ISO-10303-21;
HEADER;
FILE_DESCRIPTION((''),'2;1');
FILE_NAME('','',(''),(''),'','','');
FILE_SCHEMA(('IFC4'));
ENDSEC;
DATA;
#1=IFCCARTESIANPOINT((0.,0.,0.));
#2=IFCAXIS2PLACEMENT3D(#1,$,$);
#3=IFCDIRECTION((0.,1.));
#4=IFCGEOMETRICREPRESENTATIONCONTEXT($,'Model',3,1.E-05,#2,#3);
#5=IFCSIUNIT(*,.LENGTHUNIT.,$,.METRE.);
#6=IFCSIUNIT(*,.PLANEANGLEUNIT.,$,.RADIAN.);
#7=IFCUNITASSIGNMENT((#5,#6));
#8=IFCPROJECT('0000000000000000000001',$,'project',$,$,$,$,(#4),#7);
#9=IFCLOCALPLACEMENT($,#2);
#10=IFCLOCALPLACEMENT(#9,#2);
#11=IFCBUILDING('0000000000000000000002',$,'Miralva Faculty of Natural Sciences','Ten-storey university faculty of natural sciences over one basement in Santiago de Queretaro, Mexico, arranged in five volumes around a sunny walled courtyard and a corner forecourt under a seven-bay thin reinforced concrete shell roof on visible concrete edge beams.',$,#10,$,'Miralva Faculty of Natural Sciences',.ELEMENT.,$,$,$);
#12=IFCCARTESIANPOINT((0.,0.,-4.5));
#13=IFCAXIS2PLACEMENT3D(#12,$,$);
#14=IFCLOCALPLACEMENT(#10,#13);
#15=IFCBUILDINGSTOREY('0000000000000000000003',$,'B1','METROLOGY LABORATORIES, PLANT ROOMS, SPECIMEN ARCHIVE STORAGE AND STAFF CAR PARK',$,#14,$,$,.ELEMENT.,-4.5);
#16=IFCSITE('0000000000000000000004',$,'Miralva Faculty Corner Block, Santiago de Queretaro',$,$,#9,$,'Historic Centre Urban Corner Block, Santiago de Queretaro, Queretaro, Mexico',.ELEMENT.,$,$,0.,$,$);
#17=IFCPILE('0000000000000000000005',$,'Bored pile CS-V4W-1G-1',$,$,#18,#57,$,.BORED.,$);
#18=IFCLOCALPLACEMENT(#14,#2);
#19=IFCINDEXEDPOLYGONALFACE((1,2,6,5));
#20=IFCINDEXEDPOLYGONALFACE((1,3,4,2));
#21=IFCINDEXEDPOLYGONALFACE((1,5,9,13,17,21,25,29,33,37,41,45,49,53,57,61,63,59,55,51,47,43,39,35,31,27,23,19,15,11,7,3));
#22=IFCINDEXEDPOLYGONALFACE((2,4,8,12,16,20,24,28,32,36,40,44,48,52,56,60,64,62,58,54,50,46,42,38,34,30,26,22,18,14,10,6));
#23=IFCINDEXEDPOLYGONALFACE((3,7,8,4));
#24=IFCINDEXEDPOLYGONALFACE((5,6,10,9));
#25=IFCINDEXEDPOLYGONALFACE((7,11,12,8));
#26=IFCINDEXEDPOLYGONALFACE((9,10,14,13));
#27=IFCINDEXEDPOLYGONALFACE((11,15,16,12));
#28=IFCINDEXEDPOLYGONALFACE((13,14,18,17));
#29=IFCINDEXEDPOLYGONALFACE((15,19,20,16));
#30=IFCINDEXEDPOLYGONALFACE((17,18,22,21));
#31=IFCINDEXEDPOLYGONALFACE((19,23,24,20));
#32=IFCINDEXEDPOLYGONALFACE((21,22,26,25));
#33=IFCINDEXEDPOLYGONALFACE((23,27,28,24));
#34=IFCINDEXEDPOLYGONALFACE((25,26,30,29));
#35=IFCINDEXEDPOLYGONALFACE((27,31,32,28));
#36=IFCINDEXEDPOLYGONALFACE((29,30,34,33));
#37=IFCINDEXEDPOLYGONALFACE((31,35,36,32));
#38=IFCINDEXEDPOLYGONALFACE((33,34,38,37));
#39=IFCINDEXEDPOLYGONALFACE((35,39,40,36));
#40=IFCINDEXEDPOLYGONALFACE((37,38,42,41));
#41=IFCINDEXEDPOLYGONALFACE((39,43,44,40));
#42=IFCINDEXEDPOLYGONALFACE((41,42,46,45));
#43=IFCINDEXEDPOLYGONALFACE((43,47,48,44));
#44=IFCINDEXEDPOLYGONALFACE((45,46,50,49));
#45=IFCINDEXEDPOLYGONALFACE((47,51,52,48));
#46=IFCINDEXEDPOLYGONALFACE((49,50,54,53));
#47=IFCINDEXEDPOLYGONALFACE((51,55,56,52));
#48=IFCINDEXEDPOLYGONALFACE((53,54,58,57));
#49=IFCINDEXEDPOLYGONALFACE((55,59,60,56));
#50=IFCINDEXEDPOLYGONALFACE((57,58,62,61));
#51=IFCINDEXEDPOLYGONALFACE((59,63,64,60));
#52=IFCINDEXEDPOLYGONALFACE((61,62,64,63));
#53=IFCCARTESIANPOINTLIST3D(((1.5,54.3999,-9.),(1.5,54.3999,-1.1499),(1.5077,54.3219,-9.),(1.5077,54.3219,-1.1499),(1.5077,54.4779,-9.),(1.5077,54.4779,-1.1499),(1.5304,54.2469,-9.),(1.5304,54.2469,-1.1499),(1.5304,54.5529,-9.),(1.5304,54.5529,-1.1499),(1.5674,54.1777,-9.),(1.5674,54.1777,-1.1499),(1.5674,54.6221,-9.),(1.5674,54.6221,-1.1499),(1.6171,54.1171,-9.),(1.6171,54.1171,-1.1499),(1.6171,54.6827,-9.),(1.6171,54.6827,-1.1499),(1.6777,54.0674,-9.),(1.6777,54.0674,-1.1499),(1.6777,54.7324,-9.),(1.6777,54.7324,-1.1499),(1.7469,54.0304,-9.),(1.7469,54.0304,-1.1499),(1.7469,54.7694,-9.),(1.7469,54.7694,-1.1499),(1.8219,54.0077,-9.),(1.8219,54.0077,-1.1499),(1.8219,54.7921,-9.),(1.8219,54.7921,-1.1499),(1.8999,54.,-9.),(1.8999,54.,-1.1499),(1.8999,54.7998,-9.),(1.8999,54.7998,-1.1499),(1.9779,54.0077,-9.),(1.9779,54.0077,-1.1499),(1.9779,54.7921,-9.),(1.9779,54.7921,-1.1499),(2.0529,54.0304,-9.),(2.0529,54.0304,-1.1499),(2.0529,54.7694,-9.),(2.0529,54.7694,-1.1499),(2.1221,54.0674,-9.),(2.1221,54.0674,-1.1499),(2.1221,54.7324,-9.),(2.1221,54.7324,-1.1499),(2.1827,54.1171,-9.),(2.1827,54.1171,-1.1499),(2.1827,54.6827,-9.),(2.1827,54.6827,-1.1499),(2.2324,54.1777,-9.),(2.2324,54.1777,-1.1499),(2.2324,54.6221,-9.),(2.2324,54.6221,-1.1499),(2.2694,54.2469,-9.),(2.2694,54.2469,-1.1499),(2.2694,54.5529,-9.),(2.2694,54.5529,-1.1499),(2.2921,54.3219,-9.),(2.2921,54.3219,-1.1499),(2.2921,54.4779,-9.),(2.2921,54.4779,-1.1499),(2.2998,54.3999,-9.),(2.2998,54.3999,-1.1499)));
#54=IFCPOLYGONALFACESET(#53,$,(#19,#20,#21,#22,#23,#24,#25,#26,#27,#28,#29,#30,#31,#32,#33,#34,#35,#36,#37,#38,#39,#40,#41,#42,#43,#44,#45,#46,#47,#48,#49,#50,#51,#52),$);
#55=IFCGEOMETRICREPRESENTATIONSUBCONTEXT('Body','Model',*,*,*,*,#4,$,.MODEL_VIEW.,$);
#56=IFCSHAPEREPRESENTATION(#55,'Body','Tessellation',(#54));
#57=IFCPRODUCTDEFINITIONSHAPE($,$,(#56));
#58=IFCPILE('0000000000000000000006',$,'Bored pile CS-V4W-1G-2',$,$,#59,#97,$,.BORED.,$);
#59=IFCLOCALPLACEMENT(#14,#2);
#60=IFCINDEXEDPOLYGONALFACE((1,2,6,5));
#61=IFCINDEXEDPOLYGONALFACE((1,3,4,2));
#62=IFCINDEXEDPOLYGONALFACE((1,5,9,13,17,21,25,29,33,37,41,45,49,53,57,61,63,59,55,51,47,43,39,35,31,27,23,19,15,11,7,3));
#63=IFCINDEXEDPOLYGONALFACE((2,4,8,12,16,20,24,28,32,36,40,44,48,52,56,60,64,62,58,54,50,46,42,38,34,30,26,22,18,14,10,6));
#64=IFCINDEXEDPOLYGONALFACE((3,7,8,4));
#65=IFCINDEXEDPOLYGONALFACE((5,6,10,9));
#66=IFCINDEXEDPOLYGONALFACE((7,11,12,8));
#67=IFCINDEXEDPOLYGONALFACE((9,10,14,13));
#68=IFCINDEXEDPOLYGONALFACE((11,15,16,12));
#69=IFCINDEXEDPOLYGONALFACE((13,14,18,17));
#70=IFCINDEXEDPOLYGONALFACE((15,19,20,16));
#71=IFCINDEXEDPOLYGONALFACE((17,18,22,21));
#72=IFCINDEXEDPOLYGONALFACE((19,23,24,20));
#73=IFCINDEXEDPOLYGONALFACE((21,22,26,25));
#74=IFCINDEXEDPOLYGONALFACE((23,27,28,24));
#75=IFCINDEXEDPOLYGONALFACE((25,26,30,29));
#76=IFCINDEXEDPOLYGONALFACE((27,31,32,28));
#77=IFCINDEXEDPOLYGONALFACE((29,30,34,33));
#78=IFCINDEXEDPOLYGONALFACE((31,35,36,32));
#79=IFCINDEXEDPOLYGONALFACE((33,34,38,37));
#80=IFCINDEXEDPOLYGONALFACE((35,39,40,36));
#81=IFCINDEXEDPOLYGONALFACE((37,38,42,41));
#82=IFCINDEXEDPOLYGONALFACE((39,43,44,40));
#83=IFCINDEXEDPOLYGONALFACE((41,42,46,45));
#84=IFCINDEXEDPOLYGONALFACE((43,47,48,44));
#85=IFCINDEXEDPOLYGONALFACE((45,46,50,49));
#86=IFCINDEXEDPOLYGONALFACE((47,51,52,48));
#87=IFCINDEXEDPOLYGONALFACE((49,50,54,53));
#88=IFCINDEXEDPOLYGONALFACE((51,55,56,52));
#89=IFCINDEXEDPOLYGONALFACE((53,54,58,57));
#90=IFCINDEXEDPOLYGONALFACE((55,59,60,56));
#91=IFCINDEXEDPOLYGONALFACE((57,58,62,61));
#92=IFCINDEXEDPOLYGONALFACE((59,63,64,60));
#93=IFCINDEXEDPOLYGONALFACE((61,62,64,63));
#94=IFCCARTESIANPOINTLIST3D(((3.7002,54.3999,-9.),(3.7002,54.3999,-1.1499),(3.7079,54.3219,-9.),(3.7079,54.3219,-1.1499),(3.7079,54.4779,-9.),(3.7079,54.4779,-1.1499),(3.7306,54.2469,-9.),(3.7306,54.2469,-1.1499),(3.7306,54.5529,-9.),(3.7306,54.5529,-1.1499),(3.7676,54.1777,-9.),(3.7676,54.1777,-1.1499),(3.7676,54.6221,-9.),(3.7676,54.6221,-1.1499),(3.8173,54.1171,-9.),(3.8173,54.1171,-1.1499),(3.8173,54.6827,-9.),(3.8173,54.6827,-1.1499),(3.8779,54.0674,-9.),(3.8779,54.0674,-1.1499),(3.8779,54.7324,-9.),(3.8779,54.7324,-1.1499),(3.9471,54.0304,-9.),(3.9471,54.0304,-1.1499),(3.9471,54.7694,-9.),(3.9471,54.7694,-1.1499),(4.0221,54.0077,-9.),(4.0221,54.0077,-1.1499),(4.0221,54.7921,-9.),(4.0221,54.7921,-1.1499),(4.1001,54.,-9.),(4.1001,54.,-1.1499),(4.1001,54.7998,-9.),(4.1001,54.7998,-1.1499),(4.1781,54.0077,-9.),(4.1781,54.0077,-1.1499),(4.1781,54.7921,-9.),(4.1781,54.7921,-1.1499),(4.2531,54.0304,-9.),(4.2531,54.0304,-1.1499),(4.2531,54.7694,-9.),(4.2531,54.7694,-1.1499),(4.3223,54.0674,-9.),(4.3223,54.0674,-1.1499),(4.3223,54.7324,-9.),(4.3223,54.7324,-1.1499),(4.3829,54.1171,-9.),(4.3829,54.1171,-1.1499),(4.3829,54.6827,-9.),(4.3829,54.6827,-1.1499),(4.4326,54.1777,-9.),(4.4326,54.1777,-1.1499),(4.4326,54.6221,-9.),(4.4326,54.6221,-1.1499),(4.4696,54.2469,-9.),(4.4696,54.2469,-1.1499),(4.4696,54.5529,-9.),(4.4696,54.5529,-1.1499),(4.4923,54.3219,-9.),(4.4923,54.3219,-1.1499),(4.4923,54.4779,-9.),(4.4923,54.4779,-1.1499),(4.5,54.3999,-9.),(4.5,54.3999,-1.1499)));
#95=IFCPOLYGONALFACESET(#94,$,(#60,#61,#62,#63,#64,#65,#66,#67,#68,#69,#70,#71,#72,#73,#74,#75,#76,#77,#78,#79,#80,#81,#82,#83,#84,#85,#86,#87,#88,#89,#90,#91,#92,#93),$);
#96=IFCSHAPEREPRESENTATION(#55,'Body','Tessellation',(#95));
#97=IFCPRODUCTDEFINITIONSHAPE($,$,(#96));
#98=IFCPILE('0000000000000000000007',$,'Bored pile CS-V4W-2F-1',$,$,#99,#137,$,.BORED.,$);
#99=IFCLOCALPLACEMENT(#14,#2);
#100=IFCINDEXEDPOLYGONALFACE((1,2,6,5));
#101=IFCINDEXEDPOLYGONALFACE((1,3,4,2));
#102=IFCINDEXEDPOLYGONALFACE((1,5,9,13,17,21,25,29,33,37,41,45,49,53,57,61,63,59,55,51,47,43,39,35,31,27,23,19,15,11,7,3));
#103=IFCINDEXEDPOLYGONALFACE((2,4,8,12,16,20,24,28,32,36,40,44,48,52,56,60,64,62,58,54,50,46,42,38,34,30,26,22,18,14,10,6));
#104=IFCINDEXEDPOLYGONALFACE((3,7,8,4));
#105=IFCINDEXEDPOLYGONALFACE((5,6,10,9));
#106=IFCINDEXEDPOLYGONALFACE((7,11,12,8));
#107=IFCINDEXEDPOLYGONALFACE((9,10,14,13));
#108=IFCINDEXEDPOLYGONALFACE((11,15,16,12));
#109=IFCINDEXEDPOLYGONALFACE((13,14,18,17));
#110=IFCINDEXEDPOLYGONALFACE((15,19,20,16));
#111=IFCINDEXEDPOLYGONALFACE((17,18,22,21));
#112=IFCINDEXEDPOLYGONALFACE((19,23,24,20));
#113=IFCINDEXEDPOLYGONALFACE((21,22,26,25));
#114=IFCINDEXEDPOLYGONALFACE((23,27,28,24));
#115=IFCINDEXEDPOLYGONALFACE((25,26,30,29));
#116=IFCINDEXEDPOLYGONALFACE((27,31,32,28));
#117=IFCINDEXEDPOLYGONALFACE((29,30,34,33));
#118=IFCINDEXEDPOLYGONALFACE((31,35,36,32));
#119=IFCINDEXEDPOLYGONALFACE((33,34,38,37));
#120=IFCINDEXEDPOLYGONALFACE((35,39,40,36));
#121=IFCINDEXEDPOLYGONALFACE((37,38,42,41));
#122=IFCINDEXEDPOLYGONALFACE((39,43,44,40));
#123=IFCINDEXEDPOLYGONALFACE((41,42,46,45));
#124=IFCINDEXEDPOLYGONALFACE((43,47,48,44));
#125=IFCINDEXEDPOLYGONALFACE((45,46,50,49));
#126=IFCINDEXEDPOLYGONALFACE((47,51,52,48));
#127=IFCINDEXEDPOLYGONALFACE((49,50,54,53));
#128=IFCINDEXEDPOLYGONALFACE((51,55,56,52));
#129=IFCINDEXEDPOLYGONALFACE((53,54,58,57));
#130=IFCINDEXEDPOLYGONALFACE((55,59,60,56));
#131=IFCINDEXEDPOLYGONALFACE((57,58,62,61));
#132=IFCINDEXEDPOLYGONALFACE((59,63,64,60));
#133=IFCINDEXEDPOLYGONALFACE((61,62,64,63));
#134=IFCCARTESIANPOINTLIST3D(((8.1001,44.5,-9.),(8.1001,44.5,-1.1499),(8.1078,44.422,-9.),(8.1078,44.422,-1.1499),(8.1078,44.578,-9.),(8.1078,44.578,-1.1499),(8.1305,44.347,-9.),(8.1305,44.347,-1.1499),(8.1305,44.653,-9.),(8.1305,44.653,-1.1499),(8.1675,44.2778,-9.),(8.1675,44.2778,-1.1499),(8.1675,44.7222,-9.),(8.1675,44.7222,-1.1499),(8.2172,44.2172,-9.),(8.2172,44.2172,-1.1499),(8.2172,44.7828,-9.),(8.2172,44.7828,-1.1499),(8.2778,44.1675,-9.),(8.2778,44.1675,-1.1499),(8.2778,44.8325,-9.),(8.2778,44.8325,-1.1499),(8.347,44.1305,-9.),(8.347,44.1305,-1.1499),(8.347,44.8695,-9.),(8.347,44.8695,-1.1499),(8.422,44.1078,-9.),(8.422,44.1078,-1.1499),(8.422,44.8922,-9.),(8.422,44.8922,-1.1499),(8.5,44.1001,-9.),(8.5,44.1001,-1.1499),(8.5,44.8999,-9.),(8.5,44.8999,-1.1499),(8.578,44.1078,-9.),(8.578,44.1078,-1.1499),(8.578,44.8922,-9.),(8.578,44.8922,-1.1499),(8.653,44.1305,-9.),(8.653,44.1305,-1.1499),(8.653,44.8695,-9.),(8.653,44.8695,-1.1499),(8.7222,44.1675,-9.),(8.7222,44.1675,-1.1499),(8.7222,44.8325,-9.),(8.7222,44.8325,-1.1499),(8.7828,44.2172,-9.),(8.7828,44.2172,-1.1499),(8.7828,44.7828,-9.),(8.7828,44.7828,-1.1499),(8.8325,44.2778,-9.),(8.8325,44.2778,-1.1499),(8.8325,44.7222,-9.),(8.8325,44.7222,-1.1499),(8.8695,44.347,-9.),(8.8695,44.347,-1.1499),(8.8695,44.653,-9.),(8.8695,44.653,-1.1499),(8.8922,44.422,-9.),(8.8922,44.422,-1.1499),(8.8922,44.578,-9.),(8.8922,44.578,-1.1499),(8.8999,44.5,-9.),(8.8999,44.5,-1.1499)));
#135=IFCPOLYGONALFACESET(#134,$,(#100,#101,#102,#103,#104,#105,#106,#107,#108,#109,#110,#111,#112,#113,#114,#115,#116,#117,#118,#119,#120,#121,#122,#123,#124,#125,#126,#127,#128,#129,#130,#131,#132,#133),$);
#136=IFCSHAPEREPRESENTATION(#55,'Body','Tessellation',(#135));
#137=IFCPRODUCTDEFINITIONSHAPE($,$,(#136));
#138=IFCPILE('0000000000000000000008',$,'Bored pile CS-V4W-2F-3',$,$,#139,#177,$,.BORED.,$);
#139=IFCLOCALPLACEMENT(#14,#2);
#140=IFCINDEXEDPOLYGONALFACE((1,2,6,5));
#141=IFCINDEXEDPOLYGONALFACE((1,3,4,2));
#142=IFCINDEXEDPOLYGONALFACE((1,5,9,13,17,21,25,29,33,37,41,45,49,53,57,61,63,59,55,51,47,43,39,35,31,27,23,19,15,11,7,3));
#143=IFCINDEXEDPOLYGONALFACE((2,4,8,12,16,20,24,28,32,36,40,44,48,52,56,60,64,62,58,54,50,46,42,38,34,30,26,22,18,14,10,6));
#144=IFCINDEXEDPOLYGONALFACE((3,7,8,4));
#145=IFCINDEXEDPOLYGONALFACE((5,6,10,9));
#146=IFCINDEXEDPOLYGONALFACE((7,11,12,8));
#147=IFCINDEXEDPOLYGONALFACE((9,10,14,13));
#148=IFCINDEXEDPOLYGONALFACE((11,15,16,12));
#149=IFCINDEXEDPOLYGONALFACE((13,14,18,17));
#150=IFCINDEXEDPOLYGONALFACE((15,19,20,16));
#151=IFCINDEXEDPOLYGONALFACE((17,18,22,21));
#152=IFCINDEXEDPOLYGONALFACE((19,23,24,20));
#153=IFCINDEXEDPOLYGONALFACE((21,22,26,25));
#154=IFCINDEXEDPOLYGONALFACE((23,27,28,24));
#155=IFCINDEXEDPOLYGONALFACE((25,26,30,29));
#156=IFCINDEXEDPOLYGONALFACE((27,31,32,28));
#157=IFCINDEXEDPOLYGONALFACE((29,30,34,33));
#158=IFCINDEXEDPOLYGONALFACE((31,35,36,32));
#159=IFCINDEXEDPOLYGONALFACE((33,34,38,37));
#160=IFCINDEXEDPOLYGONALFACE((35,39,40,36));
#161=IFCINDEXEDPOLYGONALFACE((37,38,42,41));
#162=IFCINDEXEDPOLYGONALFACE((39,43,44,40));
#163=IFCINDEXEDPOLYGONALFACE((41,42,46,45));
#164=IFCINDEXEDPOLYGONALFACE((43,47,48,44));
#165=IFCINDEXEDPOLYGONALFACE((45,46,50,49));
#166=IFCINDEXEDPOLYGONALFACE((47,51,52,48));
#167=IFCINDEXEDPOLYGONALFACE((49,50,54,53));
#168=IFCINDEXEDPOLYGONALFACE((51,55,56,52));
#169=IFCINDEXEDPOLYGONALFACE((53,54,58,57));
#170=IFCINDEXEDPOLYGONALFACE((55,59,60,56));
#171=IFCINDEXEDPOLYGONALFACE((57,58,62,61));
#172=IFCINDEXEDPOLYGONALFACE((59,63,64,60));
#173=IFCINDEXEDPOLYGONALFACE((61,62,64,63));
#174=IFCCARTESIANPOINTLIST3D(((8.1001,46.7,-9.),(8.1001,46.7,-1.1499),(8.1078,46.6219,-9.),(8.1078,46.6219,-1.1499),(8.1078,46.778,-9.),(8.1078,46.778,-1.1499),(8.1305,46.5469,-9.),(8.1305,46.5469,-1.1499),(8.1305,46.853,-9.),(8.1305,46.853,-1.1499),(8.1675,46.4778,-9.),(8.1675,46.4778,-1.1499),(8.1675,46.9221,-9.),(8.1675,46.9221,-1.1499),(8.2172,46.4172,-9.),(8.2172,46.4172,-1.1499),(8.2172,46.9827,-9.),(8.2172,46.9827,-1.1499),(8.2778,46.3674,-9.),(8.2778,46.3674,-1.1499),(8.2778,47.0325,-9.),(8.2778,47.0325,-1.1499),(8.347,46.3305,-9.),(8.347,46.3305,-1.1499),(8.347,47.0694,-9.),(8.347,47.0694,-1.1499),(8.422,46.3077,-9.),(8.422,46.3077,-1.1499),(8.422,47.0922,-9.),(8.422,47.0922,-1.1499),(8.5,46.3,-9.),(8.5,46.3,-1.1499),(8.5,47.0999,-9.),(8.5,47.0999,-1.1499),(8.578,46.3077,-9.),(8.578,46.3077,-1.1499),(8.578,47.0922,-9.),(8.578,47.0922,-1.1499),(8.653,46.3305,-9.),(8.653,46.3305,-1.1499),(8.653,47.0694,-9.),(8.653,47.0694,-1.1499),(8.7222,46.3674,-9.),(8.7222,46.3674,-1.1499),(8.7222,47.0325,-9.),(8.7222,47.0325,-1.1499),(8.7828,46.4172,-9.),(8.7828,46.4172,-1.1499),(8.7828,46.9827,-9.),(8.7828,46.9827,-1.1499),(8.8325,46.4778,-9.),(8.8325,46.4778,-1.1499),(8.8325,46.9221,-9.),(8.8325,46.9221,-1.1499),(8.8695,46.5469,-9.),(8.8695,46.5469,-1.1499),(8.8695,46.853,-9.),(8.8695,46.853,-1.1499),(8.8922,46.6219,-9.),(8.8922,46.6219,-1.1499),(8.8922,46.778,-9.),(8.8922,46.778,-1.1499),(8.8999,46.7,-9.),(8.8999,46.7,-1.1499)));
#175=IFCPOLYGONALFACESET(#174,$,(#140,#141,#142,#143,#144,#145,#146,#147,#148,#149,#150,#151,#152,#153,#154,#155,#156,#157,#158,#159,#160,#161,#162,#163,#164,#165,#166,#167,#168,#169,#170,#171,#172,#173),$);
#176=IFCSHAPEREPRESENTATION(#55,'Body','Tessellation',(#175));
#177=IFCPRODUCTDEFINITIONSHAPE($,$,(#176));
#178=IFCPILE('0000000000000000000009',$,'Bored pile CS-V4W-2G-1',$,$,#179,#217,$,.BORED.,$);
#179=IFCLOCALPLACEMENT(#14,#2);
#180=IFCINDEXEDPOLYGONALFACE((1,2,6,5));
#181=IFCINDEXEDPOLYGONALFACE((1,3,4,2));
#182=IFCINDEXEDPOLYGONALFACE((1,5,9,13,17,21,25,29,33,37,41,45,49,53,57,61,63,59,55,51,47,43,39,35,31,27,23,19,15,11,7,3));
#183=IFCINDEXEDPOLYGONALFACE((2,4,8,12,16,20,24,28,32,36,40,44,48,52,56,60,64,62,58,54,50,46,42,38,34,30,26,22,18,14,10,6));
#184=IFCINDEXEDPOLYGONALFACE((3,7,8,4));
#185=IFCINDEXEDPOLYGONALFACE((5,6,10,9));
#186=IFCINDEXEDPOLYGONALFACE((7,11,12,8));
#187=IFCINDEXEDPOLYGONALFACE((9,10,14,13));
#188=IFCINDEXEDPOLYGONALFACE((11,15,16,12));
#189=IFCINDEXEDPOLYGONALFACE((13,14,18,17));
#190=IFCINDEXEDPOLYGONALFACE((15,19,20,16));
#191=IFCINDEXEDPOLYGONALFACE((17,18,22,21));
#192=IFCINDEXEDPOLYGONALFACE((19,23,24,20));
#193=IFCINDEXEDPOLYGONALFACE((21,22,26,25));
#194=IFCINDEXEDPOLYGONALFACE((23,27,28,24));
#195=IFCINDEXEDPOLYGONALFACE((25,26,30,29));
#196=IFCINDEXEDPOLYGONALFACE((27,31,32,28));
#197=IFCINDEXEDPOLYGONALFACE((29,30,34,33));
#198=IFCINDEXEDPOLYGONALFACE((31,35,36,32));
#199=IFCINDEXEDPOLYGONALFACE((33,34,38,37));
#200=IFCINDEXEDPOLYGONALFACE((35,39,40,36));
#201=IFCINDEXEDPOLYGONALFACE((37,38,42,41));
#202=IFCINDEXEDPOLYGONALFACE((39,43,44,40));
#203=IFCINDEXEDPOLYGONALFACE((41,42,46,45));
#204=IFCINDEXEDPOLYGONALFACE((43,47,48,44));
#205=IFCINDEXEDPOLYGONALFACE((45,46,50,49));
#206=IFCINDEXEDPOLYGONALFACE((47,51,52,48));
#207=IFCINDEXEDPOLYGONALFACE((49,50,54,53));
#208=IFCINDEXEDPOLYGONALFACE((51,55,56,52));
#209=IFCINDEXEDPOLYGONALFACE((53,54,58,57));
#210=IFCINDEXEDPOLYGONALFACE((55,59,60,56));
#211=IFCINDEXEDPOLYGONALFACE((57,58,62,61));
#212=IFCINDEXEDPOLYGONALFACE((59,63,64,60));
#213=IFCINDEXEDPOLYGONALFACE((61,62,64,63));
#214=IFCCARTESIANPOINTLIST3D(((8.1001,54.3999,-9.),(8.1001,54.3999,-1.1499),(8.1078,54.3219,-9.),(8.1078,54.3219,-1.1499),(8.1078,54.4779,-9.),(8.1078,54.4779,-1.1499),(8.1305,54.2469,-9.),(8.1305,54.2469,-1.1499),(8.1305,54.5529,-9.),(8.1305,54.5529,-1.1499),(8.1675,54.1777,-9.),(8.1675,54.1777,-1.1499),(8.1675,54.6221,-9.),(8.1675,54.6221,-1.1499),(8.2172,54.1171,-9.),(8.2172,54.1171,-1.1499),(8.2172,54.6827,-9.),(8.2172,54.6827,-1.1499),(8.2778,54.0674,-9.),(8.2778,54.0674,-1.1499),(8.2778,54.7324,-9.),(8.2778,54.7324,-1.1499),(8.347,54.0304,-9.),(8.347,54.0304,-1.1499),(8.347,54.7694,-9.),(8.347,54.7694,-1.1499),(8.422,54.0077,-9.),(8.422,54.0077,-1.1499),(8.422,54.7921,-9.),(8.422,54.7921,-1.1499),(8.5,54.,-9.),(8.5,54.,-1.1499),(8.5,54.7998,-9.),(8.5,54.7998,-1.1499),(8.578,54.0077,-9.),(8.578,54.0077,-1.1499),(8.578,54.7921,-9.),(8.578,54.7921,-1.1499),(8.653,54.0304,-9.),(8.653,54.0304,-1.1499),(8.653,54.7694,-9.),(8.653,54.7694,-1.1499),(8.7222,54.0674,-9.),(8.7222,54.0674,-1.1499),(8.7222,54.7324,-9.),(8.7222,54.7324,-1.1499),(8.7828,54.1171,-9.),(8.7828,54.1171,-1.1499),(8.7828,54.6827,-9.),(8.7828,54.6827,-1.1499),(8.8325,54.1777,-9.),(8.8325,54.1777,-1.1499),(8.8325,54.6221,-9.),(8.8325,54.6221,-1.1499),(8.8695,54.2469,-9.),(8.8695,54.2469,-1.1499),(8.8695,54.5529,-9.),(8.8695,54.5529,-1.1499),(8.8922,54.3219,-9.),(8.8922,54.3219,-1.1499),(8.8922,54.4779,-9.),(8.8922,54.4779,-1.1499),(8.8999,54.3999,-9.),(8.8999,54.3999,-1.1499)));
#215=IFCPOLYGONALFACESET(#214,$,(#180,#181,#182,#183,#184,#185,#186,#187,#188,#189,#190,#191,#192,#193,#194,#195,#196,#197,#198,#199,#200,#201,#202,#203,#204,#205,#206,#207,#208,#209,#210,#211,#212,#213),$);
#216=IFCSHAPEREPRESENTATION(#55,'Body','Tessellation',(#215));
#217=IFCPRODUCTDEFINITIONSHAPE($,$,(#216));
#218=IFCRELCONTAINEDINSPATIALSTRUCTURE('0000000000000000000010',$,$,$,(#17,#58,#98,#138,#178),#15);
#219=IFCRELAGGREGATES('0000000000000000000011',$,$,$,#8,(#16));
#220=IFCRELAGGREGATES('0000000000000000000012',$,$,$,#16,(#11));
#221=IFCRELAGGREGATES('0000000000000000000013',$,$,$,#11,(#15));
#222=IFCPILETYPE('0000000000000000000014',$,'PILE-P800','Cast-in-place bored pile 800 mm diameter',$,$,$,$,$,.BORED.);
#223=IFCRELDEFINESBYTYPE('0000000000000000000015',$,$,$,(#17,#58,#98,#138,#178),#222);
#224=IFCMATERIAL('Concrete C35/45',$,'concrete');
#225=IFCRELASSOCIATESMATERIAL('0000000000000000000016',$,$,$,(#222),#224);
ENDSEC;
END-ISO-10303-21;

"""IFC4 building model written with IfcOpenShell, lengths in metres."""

from ifc_helpers import new_model, si_unit, direction, frame, origin, origin_2d, place, context, subcontext, project, spatial, circle, extrude, material, material_profile, profile_set, type_object, element, save


model = new_model("IFC4")

# Units and contexts
model_context = context("Model", 3, precision=1e-05, world=origin(), true_north=direction((0.0, 1.0)))
body_context = subcontext(model_context, "Body", "Model", "MODEL_VIEW")
ifc_project = project(units=[si_unit("LENGTHUNIT", "METRE"), si_unit("PLANEANGLEUNIT", "RADIAN")], contexts=[model_context])

# Site, building, storey
site_placement = place(None, origin())
site = spatial("IfcSite", under=ifc_project, at=site_placement, Name="Miralva Faculty Corner Block, Santiago de Queretaro", LongName="Historic Centre Urban Corner Block, Santiago de Queretaro, Queretaro, Mexico", CompositionType="ELEMENT", RefElevation=0.0)
building_placement = place(site_placement, origin())
building = spatial("IfcBuilding", under=site, at=building_placement, Name="Miralva Faculty of Natural Sciences", Description="Ten-storey university faculty of natural sciences over one basement in Santiago de Queretaro, Mexico, arranged in five volumes around a sunny walled courtyard and a corner forecourt under a seven-bay thin reinforced concrete shell roof on visible concrete edge beams.", LongName="Miralva Faculty of Natural Sciences", CompositionType="ELEMENT")
storey_placement = place(building_placement, frame((0.0, 0.0, -4.5)))
storey = spatial("IfcBuildingStorey", under=building, at=storey_placement, Name="B1", Description="METROLOGY LABORATORIES, PLANT ROOMS, SPECIMEN ARCHIVE STORAGE AND STAFF CAR PARK", CompositionType="ELEMENT", Elevation=-4.5)

# Shared definitions
ifc_material_1 = material(Name="Concrete C35/45", Category="concrete")

# Piles
ifc_material_profile_1 = material_profile(ifc_material_1, circle(Radius=0.3999, at=origin_2d()), Name="BORED PILE 800")
ifc_profile_set_1 = profile_set([ifc_material_profile_1], Name="Concrete C35/45")
pile_type = type_object("IfcPileType", Name="PILE-P800", Description="Cast-in-place bored pile 800 mm diameter", PredefinedType="BORED", material=ifc_profile_set_1)
for number, where, z_axis, x_axis, name in (
    (1, (1.8999, 54.3999, -1.1499), (0.0, 0.0, -1.0), (1.0, 0.0, 0.0), "Bored pile CS-V4W-1G-1"),
    (2, (4.1001, 54.3999, -1.1499), (0.0, 0.0, -1.0), (1.0, 0.0, 0.0), "Bored pile CS-V4W-1G-2"),
    (3, (8.5, 44.5, -1.1499), (0.0, 0.0, -1.0), (1.0, 0.0, 0.0), "Bored pile CS-V4W-2F-1"),
    (4, (8.5, 46.7, -1.1499), (0.0, 0.0, -1.0), (1.0, 0.0, 0.0), "Bored pile CS-V4W-2F-3"),
    (5, (8.5, 54.3999, -1.1499), (0.0, 0.0, -1.0), (1.0, 0.0, 0.0), "Bored pile CS-V4W-2G-1"),
):
    element("IfcPile", number, at=place(storey_placement, frame(where, z_axis=z_axis, x_axis=x_axis)), inside=storey, type_object=pile_type, Name=name, PredefinedType="BORED", context=body_context, shape_type="SweptSolid", body=[
        extrude(circle(Radius=0.3999, at=origin_2d()), origin(), (0.0, 0.0, 1.0), 7.8501),
    ])

save(model, "model.ifc")
